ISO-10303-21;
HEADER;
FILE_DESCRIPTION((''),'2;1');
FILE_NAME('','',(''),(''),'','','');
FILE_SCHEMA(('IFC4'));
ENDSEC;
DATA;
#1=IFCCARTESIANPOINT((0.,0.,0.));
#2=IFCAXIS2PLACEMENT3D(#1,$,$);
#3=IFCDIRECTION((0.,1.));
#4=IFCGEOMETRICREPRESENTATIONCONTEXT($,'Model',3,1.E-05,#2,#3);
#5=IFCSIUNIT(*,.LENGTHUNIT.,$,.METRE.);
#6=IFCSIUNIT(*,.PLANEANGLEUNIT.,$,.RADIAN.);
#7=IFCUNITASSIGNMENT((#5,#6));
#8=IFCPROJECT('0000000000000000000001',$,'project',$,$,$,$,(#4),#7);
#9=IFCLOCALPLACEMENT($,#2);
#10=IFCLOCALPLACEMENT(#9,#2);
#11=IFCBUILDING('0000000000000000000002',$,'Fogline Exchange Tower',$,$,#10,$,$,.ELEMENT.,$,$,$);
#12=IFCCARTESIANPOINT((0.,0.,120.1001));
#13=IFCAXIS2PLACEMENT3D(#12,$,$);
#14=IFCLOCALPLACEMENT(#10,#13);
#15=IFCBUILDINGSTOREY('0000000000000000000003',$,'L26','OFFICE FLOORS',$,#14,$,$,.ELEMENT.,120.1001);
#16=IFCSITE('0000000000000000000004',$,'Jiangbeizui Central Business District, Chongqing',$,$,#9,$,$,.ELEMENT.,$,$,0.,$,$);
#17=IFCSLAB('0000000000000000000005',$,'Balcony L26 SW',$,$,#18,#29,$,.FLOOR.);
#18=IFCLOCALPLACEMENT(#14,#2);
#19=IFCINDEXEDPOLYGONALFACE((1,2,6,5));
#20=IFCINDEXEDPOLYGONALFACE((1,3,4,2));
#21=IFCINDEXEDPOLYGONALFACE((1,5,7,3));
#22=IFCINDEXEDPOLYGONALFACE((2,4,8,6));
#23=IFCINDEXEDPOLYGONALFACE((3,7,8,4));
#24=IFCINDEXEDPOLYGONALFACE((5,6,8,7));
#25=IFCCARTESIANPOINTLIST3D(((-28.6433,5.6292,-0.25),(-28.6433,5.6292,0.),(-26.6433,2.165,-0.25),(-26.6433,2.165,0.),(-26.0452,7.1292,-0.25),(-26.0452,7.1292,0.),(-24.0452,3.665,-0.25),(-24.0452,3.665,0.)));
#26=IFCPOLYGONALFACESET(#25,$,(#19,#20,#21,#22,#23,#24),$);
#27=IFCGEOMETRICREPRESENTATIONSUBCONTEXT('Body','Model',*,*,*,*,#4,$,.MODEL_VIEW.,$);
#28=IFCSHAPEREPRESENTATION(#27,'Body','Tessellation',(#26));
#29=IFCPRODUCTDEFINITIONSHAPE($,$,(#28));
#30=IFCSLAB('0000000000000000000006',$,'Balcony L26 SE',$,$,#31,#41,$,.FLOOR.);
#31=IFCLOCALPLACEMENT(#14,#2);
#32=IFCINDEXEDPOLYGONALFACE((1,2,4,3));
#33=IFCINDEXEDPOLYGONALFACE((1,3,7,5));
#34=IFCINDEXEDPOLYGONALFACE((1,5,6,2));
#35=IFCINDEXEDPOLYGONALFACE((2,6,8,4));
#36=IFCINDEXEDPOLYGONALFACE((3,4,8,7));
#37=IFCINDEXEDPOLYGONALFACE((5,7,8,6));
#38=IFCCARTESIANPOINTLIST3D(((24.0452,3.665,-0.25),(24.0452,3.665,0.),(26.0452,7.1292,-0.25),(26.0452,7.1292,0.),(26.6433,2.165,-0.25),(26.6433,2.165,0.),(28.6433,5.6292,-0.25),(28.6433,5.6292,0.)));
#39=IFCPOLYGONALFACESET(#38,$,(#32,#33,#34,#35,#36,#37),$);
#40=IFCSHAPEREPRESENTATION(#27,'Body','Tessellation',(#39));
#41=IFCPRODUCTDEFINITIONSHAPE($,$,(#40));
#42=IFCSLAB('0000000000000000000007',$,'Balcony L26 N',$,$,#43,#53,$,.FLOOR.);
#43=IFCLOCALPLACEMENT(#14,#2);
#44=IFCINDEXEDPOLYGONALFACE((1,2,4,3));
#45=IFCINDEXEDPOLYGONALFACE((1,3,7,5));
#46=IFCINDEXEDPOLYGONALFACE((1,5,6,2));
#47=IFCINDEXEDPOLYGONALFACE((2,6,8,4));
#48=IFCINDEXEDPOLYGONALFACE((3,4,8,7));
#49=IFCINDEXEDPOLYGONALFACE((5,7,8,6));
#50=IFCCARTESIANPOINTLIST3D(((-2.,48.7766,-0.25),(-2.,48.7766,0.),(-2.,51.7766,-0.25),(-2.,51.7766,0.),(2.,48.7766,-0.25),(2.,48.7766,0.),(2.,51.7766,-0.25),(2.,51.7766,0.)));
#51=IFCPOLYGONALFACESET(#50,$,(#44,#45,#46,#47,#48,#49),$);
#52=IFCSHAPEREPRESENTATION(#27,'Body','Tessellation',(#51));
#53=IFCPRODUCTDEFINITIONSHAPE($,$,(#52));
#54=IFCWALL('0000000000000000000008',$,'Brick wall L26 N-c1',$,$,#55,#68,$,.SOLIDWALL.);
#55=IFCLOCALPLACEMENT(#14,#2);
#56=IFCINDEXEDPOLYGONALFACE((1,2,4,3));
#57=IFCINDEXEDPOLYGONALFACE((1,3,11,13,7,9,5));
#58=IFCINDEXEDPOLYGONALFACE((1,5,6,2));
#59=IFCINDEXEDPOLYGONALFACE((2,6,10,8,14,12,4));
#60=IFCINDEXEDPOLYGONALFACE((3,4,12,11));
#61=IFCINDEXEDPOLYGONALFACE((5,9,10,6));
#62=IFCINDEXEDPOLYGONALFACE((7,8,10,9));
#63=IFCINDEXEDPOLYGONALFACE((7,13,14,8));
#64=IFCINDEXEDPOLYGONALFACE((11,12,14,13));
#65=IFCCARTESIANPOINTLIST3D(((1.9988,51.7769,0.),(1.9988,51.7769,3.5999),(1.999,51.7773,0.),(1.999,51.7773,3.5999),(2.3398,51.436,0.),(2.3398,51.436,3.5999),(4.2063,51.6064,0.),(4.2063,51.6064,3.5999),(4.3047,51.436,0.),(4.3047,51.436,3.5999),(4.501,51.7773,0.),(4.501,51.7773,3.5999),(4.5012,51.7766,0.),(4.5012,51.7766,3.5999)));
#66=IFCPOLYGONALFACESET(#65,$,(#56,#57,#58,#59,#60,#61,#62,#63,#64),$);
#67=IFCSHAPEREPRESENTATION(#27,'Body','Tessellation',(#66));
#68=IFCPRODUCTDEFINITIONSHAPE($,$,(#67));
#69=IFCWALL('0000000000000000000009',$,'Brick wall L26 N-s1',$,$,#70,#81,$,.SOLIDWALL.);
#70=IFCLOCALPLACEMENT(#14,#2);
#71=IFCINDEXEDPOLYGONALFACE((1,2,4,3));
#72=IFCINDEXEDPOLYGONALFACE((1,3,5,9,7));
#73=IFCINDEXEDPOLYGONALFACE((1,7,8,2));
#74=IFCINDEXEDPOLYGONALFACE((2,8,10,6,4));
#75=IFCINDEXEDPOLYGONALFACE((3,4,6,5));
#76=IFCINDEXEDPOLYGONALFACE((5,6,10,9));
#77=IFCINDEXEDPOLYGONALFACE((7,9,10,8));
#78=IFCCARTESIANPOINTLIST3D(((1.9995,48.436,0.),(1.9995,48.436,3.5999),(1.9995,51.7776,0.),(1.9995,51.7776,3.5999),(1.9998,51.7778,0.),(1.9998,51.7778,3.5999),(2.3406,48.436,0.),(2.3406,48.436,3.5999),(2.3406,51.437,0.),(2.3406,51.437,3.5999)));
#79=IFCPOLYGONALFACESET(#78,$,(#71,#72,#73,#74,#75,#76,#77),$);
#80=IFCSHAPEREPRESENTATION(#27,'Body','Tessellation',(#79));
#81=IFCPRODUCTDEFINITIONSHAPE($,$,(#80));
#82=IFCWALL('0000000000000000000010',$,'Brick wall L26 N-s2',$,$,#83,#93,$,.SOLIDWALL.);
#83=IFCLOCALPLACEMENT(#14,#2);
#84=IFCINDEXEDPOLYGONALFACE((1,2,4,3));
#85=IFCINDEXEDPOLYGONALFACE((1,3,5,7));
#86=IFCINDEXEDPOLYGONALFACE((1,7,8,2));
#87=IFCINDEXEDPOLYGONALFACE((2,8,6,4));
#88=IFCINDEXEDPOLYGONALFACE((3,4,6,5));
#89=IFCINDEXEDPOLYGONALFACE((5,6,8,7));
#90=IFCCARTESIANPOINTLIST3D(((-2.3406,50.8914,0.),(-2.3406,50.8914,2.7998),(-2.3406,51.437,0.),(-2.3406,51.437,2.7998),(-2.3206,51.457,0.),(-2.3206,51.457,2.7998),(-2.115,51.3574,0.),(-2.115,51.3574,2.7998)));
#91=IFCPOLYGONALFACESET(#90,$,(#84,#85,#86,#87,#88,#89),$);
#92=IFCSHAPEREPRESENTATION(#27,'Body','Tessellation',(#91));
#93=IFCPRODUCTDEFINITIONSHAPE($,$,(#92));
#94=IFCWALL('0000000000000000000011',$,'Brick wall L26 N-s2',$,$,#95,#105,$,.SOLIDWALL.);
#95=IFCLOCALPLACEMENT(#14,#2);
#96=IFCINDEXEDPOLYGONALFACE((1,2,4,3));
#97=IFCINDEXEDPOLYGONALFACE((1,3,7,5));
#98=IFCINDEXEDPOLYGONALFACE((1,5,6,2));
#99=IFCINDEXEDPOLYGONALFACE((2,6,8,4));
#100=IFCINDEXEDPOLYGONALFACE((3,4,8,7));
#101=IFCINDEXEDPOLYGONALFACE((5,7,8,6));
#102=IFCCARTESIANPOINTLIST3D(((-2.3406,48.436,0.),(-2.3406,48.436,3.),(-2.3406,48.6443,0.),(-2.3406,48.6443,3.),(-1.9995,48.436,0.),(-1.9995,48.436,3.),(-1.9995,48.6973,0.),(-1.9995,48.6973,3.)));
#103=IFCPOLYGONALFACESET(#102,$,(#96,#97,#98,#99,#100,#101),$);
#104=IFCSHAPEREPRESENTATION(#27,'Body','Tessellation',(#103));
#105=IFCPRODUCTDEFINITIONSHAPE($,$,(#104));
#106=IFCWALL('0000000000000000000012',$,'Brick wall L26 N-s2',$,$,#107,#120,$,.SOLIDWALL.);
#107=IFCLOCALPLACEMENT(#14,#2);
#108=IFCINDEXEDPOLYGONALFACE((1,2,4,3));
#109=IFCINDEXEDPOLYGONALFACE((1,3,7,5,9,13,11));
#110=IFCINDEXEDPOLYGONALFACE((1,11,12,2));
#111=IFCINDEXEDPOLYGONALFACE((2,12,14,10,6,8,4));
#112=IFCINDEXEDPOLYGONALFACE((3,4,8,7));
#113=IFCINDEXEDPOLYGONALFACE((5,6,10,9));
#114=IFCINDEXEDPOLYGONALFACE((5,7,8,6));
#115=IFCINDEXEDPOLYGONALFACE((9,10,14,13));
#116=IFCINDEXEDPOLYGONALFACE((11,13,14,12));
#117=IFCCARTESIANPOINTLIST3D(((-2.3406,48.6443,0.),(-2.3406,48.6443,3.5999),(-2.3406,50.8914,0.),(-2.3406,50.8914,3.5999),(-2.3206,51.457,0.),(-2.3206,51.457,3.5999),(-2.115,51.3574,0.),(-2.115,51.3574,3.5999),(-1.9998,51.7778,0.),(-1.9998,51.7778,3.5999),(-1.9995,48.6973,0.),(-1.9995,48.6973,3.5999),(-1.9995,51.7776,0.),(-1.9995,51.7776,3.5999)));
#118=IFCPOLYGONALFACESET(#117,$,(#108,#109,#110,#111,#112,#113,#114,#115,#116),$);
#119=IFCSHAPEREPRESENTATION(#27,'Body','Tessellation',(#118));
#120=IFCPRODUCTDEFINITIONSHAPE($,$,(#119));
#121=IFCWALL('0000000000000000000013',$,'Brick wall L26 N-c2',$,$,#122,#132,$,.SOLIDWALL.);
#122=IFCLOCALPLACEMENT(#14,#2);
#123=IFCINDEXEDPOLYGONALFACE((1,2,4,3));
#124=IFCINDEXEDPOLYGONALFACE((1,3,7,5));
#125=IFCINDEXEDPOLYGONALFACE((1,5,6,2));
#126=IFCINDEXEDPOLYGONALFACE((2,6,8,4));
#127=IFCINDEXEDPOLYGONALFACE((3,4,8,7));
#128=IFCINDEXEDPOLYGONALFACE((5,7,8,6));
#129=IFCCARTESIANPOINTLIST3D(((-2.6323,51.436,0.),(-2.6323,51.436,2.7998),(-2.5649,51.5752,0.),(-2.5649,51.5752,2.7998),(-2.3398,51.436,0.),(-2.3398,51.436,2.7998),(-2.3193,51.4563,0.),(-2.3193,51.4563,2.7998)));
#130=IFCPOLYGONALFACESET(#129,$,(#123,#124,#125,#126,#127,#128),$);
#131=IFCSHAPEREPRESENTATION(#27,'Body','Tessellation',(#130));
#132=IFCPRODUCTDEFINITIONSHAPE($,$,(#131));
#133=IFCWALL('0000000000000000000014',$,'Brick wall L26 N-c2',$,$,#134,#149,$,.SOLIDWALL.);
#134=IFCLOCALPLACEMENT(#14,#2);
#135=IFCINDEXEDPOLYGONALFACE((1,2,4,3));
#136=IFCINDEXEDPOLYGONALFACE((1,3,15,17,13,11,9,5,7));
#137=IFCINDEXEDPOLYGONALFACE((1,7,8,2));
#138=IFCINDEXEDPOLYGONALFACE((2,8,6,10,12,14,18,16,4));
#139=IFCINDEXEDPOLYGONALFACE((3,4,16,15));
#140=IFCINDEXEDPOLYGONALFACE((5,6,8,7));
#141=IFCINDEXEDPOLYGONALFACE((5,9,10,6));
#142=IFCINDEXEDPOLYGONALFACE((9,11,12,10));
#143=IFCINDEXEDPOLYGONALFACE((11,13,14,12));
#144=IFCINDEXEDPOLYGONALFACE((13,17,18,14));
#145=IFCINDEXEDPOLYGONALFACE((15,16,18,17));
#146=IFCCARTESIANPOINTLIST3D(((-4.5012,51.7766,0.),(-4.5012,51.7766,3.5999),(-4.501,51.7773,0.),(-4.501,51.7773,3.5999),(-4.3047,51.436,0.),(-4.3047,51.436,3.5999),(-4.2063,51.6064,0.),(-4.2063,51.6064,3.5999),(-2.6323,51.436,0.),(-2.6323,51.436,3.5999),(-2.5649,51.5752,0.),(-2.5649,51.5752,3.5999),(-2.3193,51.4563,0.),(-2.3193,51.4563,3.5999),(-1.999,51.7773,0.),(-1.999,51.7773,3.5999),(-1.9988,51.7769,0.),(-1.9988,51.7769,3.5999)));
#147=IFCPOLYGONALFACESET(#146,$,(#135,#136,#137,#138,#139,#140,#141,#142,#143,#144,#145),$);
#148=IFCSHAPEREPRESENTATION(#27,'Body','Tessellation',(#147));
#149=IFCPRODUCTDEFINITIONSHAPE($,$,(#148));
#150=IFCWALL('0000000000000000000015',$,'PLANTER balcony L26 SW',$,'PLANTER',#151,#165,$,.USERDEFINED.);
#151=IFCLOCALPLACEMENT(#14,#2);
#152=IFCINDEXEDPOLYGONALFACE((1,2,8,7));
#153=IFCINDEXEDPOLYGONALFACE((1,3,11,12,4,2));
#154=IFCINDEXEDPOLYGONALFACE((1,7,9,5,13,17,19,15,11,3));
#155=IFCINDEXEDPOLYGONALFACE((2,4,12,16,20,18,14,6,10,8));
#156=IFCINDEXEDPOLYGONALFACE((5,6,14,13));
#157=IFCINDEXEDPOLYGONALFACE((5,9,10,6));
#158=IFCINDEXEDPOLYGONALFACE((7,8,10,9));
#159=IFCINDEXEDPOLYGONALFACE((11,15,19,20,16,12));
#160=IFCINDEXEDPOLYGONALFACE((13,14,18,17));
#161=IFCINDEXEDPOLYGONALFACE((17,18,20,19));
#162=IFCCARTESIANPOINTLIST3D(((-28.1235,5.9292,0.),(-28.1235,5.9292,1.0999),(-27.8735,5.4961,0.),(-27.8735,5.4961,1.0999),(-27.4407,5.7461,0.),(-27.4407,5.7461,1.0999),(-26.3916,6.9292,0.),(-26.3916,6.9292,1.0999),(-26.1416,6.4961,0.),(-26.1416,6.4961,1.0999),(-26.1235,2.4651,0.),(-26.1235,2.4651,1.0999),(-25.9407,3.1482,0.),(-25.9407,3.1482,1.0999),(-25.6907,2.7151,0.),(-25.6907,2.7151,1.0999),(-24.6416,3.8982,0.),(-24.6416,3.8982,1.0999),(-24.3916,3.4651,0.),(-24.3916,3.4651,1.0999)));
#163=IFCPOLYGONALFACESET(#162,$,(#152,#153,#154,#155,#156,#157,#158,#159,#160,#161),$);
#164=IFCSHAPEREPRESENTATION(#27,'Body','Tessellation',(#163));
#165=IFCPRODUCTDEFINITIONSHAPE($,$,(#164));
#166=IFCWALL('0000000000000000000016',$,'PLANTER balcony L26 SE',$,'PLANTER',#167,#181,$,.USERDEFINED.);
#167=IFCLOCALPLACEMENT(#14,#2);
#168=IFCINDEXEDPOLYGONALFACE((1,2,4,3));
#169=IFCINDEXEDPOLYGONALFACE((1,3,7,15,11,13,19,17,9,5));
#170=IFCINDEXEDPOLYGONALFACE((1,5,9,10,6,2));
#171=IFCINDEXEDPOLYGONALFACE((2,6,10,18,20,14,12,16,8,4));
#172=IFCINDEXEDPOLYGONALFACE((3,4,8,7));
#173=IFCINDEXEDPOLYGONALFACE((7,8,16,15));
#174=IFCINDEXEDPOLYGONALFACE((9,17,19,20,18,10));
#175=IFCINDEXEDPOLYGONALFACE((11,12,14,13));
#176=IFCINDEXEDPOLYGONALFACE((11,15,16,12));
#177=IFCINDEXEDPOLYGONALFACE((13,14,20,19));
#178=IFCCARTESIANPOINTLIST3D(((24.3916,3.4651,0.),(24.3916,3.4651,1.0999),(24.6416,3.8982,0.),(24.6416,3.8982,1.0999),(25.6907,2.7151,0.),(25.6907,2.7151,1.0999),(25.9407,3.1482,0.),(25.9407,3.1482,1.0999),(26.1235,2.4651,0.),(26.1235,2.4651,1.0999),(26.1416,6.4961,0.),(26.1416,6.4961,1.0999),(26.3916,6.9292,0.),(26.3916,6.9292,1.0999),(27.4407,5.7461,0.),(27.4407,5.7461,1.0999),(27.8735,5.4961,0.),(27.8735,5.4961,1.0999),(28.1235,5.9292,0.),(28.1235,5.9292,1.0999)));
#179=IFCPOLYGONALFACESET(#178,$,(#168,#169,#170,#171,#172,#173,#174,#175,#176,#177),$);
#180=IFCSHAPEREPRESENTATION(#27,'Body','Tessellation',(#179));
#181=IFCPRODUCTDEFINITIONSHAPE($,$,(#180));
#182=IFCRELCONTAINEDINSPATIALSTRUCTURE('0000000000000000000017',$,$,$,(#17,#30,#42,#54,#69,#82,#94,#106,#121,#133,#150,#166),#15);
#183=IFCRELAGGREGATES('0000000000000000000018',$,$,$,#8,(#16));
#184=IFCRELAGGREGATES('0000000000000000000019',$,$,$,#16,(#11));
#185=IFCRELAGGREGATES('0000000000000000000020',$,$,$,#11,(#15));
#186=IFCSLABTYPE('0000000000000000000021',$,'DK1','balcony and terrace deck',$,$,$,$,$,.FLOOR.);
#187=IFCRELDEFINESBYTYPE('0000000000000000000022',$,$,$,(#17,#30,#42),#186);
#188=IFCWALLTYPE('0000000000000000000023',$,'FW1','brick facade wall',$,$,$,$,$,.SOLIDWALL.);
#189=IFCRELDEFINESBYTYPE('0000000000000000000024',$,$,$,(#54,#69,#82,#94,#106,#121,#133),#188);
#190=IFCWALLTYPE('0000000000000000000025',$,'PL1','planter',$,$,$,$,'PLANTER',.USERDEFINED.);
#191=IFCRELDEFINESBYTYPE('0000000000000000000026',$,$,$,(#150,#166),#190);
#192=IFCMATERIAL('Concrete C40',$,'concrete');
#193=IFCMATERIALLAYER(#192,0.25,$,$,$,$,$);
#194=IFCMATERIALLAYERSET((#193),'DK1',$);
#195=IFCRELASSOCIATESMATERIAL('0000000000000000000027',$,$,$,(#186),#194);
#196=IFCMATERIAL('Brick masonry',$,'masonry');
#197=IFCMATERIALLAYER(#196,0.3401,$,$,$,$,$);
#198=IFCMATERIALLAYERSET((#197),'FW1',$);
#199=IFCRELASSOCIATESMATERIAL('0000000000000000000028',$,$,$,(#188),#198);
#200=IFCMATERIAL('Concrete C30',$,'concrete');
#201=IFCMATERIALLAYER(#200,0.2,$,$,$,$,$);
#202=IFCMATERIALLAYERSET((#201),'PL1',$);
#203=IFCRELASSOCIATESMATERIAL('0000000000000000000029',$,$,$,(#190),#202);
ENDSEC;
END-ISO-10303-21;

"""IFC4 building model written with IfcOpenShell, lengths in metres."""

from ifc_helpers import new_model, si_unit, direction, frame, origin, place, context, subcontext, project, spatial, polyline, outline, extrude, material, layer, layer_set, type_object, element, save


model = new_model("IFC4")

# Units and contexts
model_context = context("Model", 3, precision=1e-05, world=origin(), true_north=direction((0.0, 1.0)))
body_context = subcontext(model_context, "Body", "Model", "MODEL_VIEW")
ifc_project = project(units=[si_unit("LENGTHUNIT", "METRE"), si_unit("PLANEANGLEUNIT", "RADIAN")], contexts=[model_context])

# Site, building, storey
site_placement = place(None, origin())
site = spatial("IfcSite", under=ifc_project, at=site_placement, Name="Jiangbeizui Central Business District, Chongqing", CompositionType="ELEMENT", RefElevation=0.0)
building_placement = place(site_placement, origin())
building = spatial("IfcBuilding", under=site, at=building_placement, Name="Fogline Exchange Tower", CompositionType="ELEMENT")
storey_placement = place(building_placement, frame((0.0, 0.0, 120.1001)))
storey = spatial("IfcBuildingStorey", under=building, at=storey_placement, Name="L26", Description="OFFICE FLOORS", CompositionType="ELEMENT", Elevation=120.1001)

# Slabs
ifc_material_1 = material(Name="Concrete C40", Category="concrete")
ifc_layer_1 = layer(ifc_material_1, 0.25)
ifc_layer_set_1 = layer_set([ifc_layer_1], Name="DK1")
slab_type = type_object("IfcSlabType", Name="DK1", Description="balcony and terrace deck", PredefinedType="FLOOR", material=ifc_layer_set_1)
slab_1_placement = place(storey_placement, frame((0.0, 0.0, -0.25)))
element("IfcSlab", 1, at=slab_1_placement, inside=storey, type_object=slab_type, Name="Balcony L26 SW", PredefinedType="FLOOR", context=body_context, shape_type="SweptSolid", body=[
    extrude(outline(polyline([(-28.6433, 5.6292), (-26.6433, 2.165), (-24.0452, 3.665), (-26.0452, 7.1292), (-28.6433, 5.6292)])), origin(), (0.0, 0.0, 1.0), 0.25),
])
slab_2_placement = place(storey_placement, frame((0.0, 0.0, -0.25)))
element("IfcSlab", 2, at=slab_2_placement, inside=storey, type_object=slab_type, Name="Balcony L26 SE", PredefinedType="FLOOR", context=body_context, shape_type="SweptSolid", body=[
    extrude(outline(polyline([(26.6433, 2.165), (28.6433, 5.6292), (26.0452, 7.1292), (24.0452, 3.665), (26.6433, 2.165)])), origin(), (0.0, 0.0, 1.0), 0.25),
])
slab_3_placement = place(storey_placement, frame((0.0, 0.0, -0.25)))
element("IfcSlab", 3, at=slab_3_placement, inside=storey, type_object=slab_type, Name="Balcony L26 N", PredefinedType="FLOOR", context=body_context, shape_type="SweptSolid", body=[
    extrude(outline(polyline([(2.0, 51.7766), (-2.0, 51.7766), (-2.0, 48.7766), (2.0, 48.7766), (2.0, 51.7766)])), origin(), (0.0, 0.0, 1.0), 0.25),
])

# Walls
ifc_material_2 = material(Name="Brick masonry", Category="masonry")
ifc_layer_2 = layer(ifc_material_2, 0.3401)
ifc_layer_set_2 = layer_set([ifc_layer_2], Name="FW1")
wall_type_1 = type_object("IfcWallType", Name="FW1", Description="brick facade wall", PredefinedType="SOLIDWALL", material=ifc_layer_set_2)
wall_1_placement = place(storey_placement, origin())
element("IfcWall", 4, at=wall_1_placement, inside=storey, type_object=wall_type_1, Name="Brick wall L26 N-c1", PredefinedType="SOLIDWALL", context=body_context, shape_type="SweptSolid", body=[
    extrude(outline(polyline([(1.999, 51.7773), (4.501, 51.7773), (4.5012, 51.7766), (4.2063, 51.6064), (4.3047, 51.436), (2.3398, 51.436), (1.9988, 51.7769), (1.999, 51.7773)])), origin(), (0.0, 0.0, 1.0), 3.5999),
])
wall_2_placement = place(storey_placement, origin())
element("IfcWall", 5, at=wall_2_placement, inside=storey, type_object=wall_type_1, Name="Brick wall L26 N-s1", PredefinedType="SOLIDWALL", context=body_context, shape_type="SweptSolid", body=[
    extrude(outline(polyline([(2.3406, 48.436), (1.9995, 48.436), (1.9995, 51.7776), (1.9998, 51.7778), (2.3406, 51.437), (2.3406, 48.436)])), origin(), (0.0, 0.0, 1.0), 3.5999),
])
wall_3_placement = place(storey_placement, origin())
element("IfcWall", 6, at=wall_3_placement, inside=storey, type_object=wall_type_1, Name="Brick wall L26 N-s2", PredefinedType="SOLIDWALL", context=body_context, shape_type="SweptSolid", body=[
    extrude(outline(polyline([(-2.3406, 51.437), (-2.3206, 51.457), (-2.115, 51.3574), (-2.3406, 50.8914), (-2.3406, 51.437)])), origin(), (0.0, 0.0, 1.0), 2.7998),
])
wall_4_placement = place(storey_placement, origin())
element("IfcWall", 7, at=wall_4_placement, inside=storey, type_object=wall_type_1, Name="Brick wall L26 N-s2", PredefinedType="SOLIDWALL", context=body_context, shape_type="SweptSolid", body=[
    extrude(outline(polyline([(-2.3406, 48.436), (-2.3406, 48.6443), (-1.9995, 48.6973), (-1.9995, 48.436), (-2.3406, 48.436)])), origin(), (0.0, 0.0, 1.0), 3.0),
])
wall_5_placement = place(storey_placement, origin())
element("IfcWall", 8, at=wall_5_placement, inside=storey, type_object=wall_type_1, Name="Brick wall L26 N-s2", PredefinedType="SOLIDWALL", context=body_context, shape_type="SweptSolid", body=[
    extrude(outline(polyline([(-2.3406, 50.8914), (-2.115, 51.3574), (-2.3206, 51.457), (-1.9998, 51.7778), (-1.9995, 51.7776), (-1.9995, 48.6973), (-2.3406, 48.6443), (-2.3406, 50.8914)])), origin(), (0.0, 0.0, 1.0), 3.5999),
])
wall_6_placement = place(storey_placement, origin())
element("IfcWall", 9, at=wall_6_placement, inside=storey, type_object=wall_type_1, Name="Brick wall L26 N-c2", PredefinedType="SOLIDWALL", context=body_context, shape_type="SweptSolid", body=[
    extrude(outline(polyline([(-2.3398, 51.436), (-2.6323, 51.436), (-2.5649, 51.5752), (-2.3193, 51.4563), (-2.3398, 51.436)])), origin(), (0.0, 0.0, 1.0), 2.7998),
])
wall_7_placement = place(storey_placement, origin())
element("IfcWall", 10, at=wall_7_placement, inside=storey, type_object=wall_type_1, Name="Brick wall L26 N-c2", PredefinedType="SOLIDWALL", context=body_context, shape_type="SweptSolid", body=[
    extrude(outline(polyline([(-4.2063, 51.6064), (-4.5012, 51.7766), (-4.501, 51.7773), (-1.999, 51.7773), (-1.9988, 51.7769), (-2.3193, 51.4563), (-2.5649, 51.5752), (-2.6323, 51.436), (-4.3047, 51.436), (-4.2063, 51.6064)])), origin(), (0.0, 0.0, 1.0), 3.5999),
])
ifc_material_3 = material(Name="Concrete C30", Category="concrete")
ifc_layer_3 = layer(ifc_material_3, 0.2)
ifc_layer_set_3 = layer_set([ifc_layer_3], Name="PL1")
wall_type_2 = type_object("IfcWallType", Name="PL1", Description="planter", ElementType="PLANTER", PredefinedType="USERDEFINED", material=ifc_layer_set_3)
wall_8_placement = place(storey_placement, origin())
element("IfcWall", 11, at=wall_8_placement, inside=storey, type_object=wall_type_2, Name="PLANTER balcony L26 SW", ObjectType="PLANTER", PredefinedType="USERDEFINED", context=body_context, shape_type="SweptSolid", body=[
    extrude(outline(polyline([(-24.6416, 3.8982), (-25.9407, 3.1482), (-27.4407, 5.7461), (-26.1416, 6.4961), (-26.3916, 6.9292), (-28.1235, 5.9292), (-27.8735, 5.4961), (-26.1235, 2.4651), (-25.6907, 2.7151), (-25.6907, 2.7151), (-24.3916, 3.4651), (-24.6416, 3.8982)])), origin(), (0.0, 0.0, 1.0), 1.0999),
])
wall_9_placement = place(storey_placement, origin())
element("IfcWall", 12, at=wall_9_placement, inside=storey, type_object=wall_type_2, Name="PLANTER balcony L26 SE", ObjectType="PLANTER", PredefinedType="USERDEFINED", context=body_context, shape_type="SweptSolid", body=[
    extrude(outline(polyline([(24.3916, 3.4651), (25.6907, 2.7151), (25.6907, 2.7151), (26.1235, 2.4651), (27.8735, 5.4961), (28.1235, 5.9292), (26.3916, 6.9292), (26.1416, 6.4961), (27.4407, 5.7461), (25.9407, 3.1482), (24.6416, 3.8982), (24.3916, 3.4651)])), origin(), (0.0, 0.0, 1.0), 1.0999),
])

save(model, "model.ifc")
